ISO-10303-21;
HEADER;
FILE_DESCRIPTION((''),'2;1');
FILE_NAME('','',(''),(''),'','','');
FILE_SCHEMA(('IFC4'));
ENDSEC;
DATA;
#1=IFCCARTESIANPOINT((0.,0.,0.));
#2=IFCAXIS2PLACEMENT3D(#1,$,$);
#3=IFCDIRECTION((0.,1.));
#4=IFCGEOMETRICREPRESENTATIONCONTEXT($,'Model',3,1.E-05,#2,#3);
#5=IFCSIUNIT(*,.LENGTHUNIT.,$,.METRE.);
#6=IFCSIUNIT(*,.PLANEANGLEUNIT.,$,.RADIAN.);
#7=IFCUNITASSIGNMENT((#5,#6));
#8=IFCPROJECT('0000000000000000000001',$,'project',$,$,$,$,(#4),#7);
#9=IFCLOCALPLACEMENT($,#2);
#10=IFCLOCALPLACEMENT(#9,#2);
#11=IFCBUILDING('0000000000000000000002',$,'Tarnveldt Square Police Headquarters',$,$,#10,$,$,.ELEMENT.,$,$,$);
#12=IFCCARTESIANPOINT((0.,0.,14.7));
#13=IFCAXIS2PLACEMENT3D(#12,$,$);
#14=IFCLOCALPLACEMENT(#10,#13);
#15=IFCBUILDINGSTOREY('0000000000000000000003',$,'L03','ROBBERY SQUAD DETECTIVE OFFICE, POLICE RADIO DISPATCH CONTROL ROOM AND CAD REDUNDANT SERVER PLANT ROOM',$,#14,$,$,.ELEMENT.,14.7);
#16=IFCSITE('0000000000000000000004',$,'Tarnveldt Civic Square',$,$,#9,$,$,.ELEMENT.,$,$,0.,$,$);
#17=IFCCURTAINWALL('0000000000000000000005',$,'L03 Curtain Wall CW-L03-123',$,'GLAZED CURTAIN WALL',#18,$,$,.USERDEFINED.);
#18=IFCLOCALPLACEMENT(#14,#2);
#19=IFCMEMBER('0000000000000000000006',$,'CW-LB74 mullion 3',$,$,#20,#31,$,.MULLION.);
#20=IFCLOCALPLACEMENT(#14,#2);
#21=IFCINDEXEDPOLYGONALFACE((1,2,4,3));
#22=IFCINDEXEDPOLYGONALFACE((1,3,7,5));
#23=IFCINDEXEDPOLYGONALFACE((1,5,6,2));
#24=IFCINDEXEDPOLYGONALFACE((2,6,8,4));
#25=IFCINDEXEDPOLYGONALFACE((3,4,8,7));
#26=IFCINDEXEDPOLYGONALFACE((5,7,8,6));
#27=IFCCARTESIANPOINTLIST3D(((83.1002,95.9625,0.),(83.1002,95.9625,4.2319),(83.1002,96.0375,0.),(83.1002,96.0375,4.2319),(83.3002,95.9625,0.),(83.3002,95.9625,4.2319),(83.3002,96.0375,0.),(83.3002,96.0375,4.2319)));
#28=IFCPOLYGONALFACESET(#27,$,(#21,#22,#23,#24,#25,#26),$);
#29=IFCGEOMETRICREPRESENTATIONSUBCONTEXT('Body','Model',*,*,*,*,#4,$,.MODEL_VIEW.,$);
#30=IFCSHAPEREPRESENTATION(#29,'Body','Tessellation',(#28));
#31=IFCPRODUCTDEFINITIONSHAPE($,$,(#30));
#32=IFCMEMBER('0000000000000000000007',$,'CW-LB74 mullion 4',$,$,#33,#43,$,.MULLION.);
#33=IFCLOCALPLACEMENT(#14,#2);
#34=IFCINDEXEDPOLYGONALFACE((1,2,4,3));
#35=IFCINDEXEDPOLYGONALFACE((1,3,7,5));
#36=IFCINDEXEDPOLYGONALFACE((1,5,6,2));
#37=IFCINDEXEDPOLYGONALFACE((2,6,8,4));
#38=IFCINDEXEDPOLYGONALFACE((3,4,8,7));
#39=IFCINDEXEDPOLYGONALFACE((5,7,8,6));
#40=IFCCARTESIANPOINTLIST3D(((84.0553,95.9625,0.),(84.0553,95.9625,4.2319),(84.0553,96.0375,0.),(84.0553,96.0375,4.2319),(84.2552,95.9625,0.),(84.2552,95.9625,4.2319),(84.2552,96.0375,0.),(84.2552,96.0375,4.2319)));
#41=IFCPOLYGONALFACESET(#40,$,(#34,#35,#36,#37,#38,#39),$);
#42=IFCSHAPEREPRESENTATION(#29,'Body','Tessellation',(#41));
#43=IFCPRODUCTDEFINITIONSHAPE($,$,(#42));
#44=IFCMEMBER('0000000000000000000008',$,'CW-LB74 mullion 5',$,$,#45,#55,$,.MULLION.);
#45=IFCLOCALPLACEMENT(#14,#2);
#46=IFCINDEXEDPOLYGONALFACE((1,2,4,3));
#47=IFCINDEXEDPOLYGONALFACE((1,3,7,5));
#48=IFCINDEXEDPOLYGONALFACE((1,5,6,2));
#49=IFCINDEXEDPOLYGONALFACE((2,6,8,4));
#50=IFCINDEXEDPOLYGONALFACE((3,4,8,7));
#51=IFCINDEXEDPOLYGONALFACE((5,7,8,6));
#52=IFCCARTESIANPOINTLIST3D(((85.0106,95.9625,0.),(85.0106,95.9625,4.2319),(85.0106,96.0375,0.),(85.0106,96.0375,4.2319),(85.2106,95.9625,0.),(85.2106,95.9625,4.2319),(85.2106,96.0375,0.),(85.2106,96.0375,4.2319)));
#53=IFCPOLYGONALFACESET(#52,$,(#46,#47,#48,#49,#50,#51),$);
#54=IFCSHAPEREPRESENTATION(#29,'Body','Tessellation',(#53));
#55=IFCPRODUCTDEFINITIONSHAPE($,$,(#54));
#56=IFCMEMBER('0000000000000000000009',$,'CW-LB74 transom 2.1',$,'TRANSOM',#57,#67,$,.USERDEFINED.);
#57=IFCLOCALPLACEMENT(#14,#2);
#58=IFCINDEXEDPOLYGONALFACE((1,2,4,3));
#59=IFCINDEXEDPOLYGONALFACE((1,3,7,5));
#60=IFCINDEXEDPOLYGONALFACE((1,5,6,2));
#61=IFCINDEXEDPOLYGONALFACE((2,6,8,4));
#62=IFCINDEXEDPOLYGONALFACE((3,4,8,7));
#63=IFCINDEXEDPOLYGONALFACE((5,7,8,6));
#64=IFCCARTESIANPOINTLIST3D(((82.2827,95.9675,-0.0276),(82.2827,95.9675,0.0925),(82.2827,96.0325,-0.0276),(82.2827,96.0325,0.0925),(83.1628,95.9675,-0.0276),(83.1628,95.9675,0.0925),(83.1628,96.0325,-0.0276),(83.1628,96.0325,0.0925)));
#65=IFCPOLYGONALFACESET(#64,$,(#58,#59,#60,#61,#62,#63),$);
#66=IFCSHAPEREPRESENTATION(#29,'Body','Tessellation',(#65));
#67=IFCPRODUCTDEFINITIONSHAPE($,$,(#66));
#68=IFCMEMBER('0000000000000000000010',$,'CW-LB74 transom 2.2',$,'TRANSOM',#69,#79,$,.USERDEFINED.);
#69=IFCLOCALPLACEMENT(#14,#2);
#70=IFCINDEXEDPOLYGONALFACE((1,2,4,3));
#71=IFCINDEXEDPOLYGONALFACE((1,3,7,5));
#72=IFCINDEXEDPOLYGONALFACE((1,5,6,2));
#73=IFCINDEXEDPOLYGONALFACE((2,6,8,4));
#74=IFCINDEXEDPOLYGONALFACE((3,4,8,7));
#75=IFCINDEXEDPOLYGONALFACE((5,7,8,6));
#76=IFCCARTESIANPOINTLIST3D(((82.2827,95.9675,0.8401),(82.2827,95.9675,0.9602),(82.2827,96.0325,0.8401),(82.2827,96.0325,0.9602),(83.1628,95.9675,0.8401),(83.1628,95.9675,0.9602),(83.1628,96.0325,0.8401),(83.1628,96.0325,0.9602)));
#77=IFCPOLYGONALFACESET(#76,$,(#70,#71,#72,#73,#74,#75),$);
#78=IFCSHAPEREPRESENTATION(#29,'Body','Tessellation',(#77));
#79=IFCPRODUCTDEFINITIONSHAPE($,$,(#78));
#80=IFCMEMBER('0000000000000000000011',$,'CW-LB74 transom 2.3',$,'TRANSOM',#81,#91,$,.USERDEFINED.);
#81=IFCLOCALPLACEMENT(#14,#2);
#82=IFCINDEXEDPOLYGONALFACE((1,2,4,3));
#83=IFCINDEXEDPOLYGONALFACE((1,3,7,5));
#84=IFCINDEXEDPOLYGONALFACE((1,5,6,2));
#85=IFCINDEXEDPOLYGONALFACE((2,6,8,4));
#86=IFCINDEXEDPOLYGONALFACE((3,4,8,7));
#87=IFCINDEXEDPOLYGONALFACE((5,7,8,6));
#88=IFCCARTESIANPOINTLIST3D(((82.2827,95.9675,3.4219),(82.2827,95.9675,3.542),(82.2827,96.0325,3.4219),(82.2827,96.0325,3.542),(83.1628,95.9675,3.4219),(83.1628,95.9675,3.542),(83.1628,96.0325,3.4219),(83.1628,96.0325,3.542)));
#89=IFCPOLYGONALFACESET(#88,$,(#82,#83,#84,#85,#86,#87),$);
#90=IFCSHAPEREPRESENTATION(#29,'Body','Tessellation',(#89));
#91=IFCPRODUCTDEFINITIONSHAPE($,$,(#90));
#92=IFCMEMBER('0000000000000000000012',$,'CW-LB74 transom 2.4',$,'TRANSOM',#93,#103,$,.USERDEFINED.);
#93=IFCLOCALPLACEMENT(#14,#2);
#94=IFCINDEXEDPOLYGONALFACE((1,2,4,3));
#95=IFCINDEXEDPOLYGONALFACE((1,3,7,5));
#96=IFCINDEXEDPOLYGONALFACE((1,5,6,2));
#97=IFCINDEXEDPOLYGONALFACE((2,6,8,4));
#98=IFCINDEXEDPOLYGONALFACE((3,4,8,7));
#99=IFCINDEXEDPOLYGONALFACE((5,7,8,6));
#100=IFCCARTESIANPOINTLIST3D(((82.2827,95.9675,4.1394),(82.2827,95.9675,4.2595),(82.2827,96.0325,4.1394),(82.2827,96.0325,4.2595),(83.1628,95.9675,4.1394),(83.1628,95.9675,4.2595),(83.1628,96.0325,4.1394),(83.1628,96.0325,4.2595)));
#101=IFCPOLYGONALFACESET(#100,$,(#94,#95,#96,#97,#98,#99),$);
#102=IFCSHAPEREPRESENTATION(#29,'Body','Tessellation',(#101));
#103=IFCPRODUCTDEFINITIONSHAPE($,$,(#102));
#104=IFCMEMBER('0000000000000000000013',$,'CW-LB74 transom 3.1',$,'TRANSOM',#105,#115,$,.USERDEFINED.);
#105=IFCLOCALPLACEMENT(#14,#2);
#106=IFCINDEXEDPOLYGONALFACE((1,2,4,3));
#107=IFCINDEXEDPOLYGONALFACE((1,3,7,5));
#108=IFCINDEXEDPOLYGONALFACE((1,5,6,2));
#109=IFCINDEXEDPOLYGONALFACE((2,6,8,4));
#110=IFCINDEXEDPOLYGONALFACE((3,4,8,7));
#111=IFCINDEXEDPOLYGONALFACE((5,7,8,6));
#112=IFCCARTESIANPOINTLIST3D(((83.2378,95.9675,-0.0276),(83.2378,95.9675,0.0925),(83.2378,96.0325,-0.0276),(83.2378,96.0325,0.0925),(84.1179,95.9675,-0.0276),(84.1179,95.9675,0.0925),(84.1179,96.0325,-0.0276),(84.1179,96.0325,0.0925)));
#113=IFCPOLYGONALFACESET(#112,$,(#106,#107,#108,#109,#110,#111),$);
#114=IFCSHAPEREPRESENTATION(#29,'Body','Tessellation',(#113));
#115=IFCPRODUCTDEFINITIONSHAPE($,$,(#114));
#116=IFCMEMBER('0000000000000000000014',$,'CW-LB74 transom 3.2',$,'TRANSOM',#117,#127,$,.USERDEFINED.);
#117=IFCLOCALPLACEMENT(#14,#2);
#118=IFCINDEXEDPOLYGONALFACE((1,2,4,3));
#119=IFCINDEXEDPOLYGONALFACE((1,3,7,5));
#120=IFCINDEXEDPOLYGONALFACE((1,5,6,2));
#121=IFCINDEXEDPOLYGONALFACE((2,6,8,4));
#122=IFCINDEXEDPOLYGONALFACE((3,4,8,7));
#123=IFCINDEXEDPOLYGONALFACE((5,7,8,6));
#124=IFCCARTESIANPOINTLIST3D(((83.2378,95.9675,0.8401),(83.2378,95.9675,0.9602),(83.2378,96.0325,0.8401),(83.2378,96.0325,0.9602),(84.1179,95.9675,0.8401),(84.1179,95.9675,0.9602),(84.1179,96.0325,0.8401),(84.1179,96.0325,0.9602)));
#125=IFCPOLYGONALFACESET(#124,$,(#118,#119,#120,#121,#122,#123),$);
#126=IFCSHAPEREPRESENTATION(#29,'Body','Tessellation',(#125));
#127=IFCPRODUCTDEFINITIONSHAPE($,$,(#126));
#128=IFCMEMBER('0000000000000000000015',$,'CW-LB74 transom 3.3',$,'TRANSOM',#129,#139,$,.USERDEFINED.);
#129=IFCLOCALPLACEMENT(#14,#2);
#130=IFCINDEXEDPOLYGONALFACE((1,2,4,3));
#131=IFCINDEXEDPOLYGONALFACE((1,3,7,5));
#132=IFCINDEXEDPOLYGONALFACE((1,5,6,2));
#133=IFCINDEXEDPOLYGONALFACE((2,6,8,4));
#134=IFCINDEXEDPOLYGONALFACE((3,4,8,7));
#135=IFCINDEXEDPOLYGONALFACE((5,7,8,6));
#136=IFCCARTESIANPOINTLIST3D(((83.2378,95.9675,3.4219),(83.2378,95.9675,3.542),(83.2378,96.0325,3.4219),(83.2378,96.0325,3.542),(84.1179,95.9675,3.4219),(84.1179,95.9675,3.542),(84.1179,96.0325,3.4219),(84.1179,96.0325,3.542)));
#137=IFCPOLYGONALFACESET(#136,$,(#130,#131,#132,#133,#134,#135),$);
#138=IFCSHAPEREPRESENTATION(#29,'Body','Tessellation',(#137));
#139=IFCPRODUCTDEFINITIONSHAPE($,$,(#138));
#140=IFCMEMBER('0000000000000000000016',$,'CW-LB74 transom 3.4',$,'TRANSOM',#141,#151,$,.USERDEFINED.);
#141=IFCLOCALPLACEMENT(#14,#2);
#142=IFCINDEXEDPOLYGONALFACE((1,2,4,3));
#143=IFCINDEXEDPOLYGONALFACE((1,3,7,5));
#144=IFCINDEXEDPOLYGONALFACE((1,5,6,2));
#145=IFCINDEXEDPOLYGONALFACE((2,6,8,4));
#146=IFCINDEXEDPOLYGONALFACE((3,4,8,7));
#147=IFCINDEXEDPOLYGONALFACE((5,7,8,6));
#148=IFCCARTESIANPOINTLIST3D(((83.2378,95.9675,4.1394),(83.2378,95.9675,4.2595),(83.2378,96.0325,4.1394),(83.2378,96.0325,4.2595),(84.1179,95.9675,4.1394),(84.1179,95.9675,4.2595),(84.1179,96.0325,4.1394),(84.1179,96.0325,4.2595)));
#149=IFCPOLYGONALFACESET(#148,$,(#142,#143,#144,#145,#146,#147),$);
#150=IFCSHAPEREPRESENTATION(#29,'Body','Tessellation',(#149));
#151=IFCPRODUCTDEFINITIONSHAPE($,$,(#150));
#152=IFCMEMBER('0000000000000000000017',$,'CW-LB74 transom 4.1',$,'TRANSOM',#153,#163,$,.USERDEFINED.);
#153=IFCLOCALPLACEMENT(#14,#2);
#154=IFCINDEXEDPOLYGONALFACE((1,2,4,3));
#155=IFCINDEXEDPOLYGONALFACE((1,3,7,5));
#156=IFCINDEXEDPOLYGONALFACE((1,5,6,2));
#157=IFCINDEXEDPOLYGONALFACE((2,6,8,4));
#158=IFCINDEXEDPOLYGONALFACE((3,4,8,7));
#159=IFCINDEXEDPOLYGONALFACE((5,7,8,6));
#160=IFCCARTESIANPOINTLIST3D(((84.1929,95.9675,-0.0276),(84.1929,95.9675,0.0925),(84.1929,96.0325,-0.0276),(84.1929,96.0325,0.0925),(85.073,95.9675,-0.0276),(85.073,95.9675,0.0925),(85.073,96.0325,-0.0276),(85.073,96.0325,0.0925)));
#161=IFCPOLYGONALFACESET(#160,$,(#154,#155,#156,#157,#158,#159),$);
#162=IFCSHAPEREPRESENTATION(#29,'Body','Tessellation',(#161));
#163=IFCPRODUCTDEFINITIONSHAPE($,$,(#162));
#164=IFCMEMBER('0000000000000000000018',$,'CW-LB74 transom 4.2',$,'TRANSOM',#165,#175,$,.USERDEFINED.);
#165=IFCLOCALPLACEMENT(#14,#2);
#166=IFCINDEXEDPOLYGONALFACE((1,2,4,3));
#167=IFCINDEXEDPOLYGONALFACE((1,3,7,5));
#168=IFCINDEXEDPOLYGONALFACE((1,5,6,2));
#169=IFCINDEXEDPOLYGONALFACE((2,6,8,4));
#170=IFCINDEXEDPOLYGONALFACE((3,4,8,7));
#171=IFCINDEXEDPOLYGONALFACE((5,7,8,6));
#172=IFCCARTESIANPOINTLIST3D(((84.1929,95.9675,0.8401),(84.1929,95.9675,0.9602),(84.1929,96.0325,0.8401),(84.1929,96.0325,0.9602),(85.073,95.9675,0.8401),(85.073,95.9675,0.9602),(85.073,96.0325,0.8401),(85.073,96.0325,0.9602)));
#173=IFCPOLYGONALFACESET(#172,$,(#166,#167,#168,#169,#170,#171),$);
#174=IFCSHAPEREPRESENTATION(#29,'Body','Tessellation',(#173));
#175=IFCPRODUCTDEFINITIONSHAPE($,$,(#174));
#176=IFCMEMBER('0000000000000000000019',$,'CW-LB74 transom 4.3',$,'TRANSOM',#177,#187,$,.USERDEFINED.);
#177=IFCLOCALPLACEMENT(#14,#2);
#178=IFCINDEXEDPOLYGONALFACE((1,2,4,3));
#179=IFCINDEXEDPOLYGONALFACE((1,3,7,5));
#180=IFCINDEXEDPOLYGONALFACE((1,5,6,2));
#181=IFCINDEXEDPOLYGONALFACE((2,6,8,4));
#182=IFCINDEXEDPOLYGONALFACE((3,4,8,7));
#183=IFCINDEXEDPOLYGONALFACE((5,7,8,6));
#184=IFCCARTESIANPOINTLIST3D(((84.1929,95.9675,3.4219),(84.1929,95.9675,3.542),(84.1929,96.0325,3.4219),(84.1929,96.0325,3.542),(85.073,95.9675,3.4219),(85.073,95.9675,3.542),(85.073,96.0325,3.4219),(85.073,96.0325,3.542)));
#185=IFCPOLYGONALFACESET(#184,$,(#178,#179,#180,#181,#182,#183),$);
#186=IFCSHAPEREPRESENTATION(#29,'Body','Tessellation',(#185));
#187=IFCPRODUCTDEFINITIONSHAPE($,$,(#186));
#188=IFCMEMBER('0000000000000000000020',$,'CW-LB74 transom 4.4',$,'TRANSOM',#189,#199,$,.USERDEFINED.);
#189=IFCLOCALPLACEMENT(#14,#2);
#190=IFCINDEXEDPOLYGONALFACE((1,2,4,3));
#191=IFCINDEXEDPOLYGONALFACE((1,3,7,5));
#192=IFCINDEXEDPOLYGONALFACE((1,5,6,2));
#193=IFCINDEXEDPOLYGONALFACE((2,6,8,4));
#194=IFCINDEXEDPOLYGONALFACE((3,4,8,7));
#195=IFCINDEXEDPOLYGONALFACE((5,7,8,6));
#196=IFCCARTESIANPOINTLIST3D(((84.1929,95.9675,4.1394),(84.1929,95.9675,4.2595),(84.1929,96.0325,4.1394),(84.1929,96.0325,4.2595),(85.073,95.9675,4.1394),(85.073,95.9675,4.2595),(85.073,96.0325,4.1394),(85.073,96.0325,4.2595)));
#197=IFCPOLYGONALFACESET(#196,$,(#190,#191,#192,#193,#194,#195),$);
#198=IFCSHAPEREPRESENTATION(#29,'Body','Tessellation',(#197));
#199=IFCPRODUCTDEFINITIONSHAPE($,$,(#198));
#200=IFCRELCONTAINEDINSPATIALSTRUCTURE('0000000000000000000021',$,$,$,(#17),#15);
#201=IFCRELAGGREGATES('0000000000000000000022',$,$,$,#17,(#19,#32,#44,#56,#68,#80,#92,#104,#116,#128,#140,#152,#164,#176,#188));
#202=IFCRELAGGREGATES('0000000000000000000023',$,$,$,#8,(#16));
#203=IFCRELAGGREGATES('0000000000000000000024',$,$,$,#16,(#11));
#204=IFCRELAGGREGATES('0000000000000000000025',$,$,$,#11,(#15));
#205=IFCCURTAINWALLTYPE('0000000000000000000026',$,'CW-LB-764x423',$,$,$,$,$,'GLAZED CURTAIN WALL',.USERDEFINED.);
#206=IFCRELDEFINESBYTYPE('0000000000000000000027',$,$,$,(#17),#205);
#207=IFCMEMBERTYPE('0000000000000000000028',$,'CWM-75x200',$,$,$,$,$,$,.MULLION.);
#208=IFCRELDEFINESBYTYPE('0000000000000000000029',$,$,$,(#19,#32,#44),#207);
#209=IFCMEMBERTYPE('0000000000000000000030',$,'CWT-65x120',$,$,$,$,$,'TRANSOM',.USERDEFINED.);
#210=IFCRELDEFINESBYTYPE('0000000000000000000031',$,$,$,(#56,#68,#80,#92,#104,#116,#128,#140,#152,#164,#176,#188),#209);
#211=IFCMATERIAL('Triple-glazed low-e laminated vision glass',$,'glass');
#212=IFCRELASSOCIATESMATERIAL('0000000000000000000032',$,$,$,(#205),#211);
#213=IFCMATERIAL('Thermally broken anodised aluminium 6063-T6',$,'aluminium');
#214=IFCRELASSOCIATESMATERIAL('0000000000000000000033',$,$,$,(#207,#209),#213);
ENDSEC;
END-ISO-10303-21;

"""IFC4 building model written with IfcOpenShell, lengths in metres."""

from ifc_helpers import new_model, si_unit, direction, frame, origin, origin_2d, place, context, subcontext, project, spatial, rectangle, extrude, material, material_profile, profile_set, type_object, element, aggregate, save


model = new_model("IFC4")

# Units and contexts
model_context = context("Model", 3, precision=1e-05, world=origin(), true_north=direction((0.0, 1.0)))
body_context = subcontext(model_context, "Body", "Model", "MODEL_VIEW")
ifc_project = project(units=[si_unit("LENGTHUNIT", "METRE"), si_unit("PLANEANGLEUNIT", "RADIAN")], contexts=[model_context])

# Site, building, storey
site_placement = place(None, origin())
site = spatial("IfcSite", under=ifc_project, at=site_placement, Name="Tarnveldt Civic Square", CompositionType="ELEMENT", RefElevation=0.0)
building_placement = place(site_placement, origin())
building = spatial("IfcBuilding", under=site, at=building_placement, Name="Tarnveldt Square Police Headquarters", CompositionType="ELEMENT")
storey_placement = place(building_placement, frame((0.0, 0.0, 14.7)))
storey = spatial("IfcBuildingStorey", under=building, at=storey_placement, Name="L03", Description="ROBBERY SQUAD DETECTIVE OFFICE, POLICE RADIO DISPATCH CONTROL ROOM AND CAD REDUNDANT SERVER PLANT ROOM", CompositionType="ELEMENT", Elevation=14.7)

# Curtain wall, members
ifc_material_1 = material(Name="Triple-glazed low-e laminated vision glass", Category="glass")
curtain_wall_type = type_object("IfcCurtainWallType", Name="CW-LB-764x423", ElementType="GLAZED CURTAIN WALL", PredefinedType="USERDEFINED", material=ifc_material_1)
curtain_wall_placement = place(storey_placement, origin())
curtain_wall = element("IfcCurtainWall", 1, at=curtain_wall_placement, inside=storey, type_object=curtain_wall_type, Name="L03 Curtain Wall CW-L03-123", ObjectType="GLAZED CURTAIN WALL", PredefinedType="USERDEFINED")
ifc_material_2 = material(Name="Thermally broken anodised aluminium 6063-T6", Category="aluminium")
ifc_material_profile_1 = material_profile(ifc_material_2, rectangle(XDim=0.075, YDim=0.2, at=origin_2d()), Name="CW-M75x200")
ifc_profile_set_1 = profile_set([ifc_material_profile_1], Name="Thermally broken anodised aluminium 6063-T6")
member_type_1 = type_object("IfcMemberType", Name="CWM-75x200", PredefinedType="MULLION", material=ifc_profile_set_1)
member_1_placement = place(storey_placement, frame((83.2002, 96.0, 0.0), z_axis=(0.0, 0.0, 1.0), x_axis=(0.0, 1.0, 0.0)))
member_1 = element("IfcMember", 2, at=member_1_placement, type_object=member_type_1, Name="CW-LB74 mullion 3", PredefinedType="MULLION", context=body_context, shape_type="SweptSolid", body=[
    extrude(rectangle(XDim=0.075, YDim=0.2, at=origin_2d()), origin(), (0.0, 0.0, 1.0), 4.2319),
])
member_2_placement = place(storey_placement, frame((84.1553, 96.0, 0.0), z_axis=(0.0, 0.0, 1.0), x_axis=(0.0, 1.0, 0.0)))
member_2 = element("IfcMember", 3, at=member_2_placement, type_object=member_type_1, Name="CW-LB74 mullion 4", PredefinedType="MULLION", context=body_context, shape_type="SweptSolid", body=[
    extrude(rectangle(XDim=0.075, YDim=0.2, at=origin_2d()), origin(), (0.0, 0.0, 1.0), 4.2319),
])
member_3_placement = place(storey_placement, frame((85.1106, 96.0, 0.0), z_axis=(0.0, 0.0, 1.0), x_axis=(0.0, 1.0, 0.0)))
member_3 = element("IfcMember", 4, at=member_3_placement, type_object=member_type_1, Name="CW-LB74 mullion 5", PredefinedType="MULLION", context=body_context, shape_type="SweptSolid", body=[
    extrude(rectangle(XDim=0.075, YDim=0.2, at=origin_2d()), origin(), (0.0, 0.0, 1.0), 4.2319),
])
ifc_material_profile_2 = material_profile(ifc_material_2, rectangle(XDim=0.0649, YDim=0.1201, at=origin_2d()), Name="CW-T65x120")
ifc_profile_set_2 = profile_set([ifc_material_profile_2], Name="Thermally broken anodised aluminium 6063-T6")
member_type_2 = type_object("IfcMemberType", Name="CWT-65x120", ElementType="TRANSOM", PredefinedType="USERDEFINED", material=ifc_profile_set_2)
member_4_placement = place(storey_placement, frame((82.2827, 96.0, 0.0325), z_axis=(1.0, 0.0, 0.0), x_axis=(0.0, 1.0, 0.0)))
member_4 = element("IfcMember", 5, at=member_4_placement, type_object=member_type_2, Name="CW-LB74 transom 2.1", ObjectType="TRANSOM", PredefinedType="USERDEFINED", context=body_context, shape_type="SweptSolid", body=[
    extrude(rectangle(XDim=0.0649, YDim=0.1201, at=origin_2d()), origin(), (0.0, 0.0, 1.0), 0.8801),
])
member_5_placement = place(storey_placement, frame((82.2827, 96.0, 0.9001), z_axis=(1.0, 0.0, 0.0), x_axis=(0.0, 1.0, 0.0)))
member_5 = element("IfcMember", 6, at=member_5_placement, type_object=member_type_2, Name="CW-LB74 transom 2.2", ObjectType="TRANSOM", PredefinedType="USERDEFINED", context=body_context, shape_type="SweptSolid", body=[
    extrude(rectangle(XDim=0.0649, YDim=0.1201, at=origin_2d()), origin(), (0.0, 0.0, 1.0), 0.8801),
])
member_6_placement = place(storey_placement, frame((82.2827, 96.0, 3.4819), z_axis=(1.0, 0.0, 0.0), x_axis=(0.0, 1.0, 0.0)))
member_6 = element("IfcMember", 7, at=member_6_placement, type_object=member_type_2, Name="CW-LB74 transom 2.3", ObjectType="TRANSOM", PredefinedType="USERDEFINED", context=body_context, shape_type="SweptSolid", body=[
    extrude(rectangle(XDim=0.0649, YDim=0.1201, at=origin_2d()), origin(), (0.0, 0.0, 1.0), 0.8801),
])
member_7_placement = place(storey_placement, frame((82.2827, 96.0, 4.1995), z_axis=(1.0, 0.0, 0.0), x_axis=(0.0, 1.0, 0.0)))
member_7 = element("IfcMember", 8, at=member_7_placement, type_object=member_type_2, Name="CW-LB74 transom 2.4", ObjectType="TRANSOM", PredefinedType="USERDEFINED", context=body_context, shape_type="SweptSolid", body=[
    extrude(rectangle(XDim=0.0649, YDim=0.1201, at=origin_2d()), origin(), (0.0, 0.0, 1.0), 0.8801),
])
member_8_placement = place(storey_placement, frame((83.2378, 96.0, 0.0325), z_axis=(1.0, 0.0, 0.0), x_axis=(0.0, 1.0, 0.0)))
member_8 = element("IfcMember", 9, at=member_8_placement, type_object=member_type_2, Name="CW-LB74 transom 3.1", ObjectType="TRANSOM", PredefinedType="USERDEFINED", context=body_context, shape_type="SweptSolid", body=[
    extrude(rectangle(XDim=0.0649, YDim=0.1201, at=origin_2d()), origin(), (0.0, 0.0, 1.0), 0.8801),
])
member_9_placement = place(storey_placement, frame((83.2378, 96.0, 0.9001), z_axis=(1.0, 0.0, 0.0), x_axis=(0.0, 1.0, 0.0)))
member_9 = element("IfcMember", 10, at=member_9_placement, type_object=member_type_2, Name="CW-LB74 transom 3.2", ObjectType="TRANSOM", PredefinedType="USERDEFINED", context=body_context, shape_type="SweptSolid", body=[
    extrude(rectangle(XDim=0.0649, YDim=0.1201, at=origin_2d()), origin(), (0.0, 0.0, 1.0), 0.8801),
])
member_10_placement = place(storey_placement, frame((83.2378, 96.0, 3.4819), z_axis=(1.0, 0.0, 0.0), x_axis=(0.0, 1.0, 0.0)))
member_10 = element("IfcMember", 11, at=member_10_placement, type_object=member_type_2, Name="CW-LB74 transom 3.3", ObjectType="TRANSOM", PredefinedType="USERDEFINED", context=body_context, shape_type="SweptSolid", body=[
    extrude(rectangle(XDim=0.0649, YDim=0.1201, at=origin_2d()), origin(), (0.0, 0.0, 1.0), 0.8801),
])
member_11_placement = place(storey_placement, frame((83.2378, 96.0, 4.1995), z_axis=(1.0, 0.0, 0.0), x_axis=(0.0, 1.0, 0.0)))
member_11 = element("IfcMember", 12, at=member_11_placement, type_object=member_type_2, Name="CW-LB74 transom 3.4", ObjectType="TRANSOM", PredefinedType="USERDEFINED", context=body_context, shape_type="SweptSolid", body=[
    extrude(rectangle(XDim=0.0649, YDim=0.1201, at=origin_2d()), origin(), (0.0, 0.0, 1.0), 0.8801),
])
member_12_placement = place(storey_placement, frame((84.1929, 96.0, 0.0325), z_axis=(1.0, 0.0, 0.0), x_axis=(0.0, 1.0, 0.0)))
member_12 = element("IfcMember", 13, at=member_12_placement, type_object=member_type_2, Name="CW-LB74 transom 4.1", ObjectType="TRANSOM", PredefinedType="USERDEFINED", context=body_context, shape_type="SweptSolid", body=[
    extrude(rectangle(XDim=0.0649, YDim=0.1201, at=origin_2d()), origin(), (0.0, 0.0, 1.0), 0.8801),
])
member_13_placement = place(storey_placement, frame((84.1929, 96.0, 0.9001), z_axis=(1.0, 0.0, 0.0), x_axis=(0.0, 1.0, 0.0)))
member_13 = element("IfcMember", 14, at=member_13_placement, type_object=member_type_2, Name="CW-LB74 transom 4.2", ObjectType="TRANSOM", PredefinedType="USERDEFINED", context=body_context, shape_type="SweptSolid", body=[
    extrude(rectangle(XDim=0.0649, YDim=0.1201, at=origin_2d()), origin(), (0.0, 0.0, 1.0), 0.8801),
])
member_14_placement = place(storey_placement, frame((84.1929, 96.0, 3.4819), z_axis=(1.0, 0.0, 0.0), x_axis=(0.0, 1.0, 0.0)))
member_14 = element("IfcMember", 15, at=member_14_placement, type_object=member_type_2, Name="CW-LB74 transom 4.3", ObjectType="TRANSOM", PredefinedType="USERDEFINED", context=body_context, shape_type="SweptSolid", body=[
    extrude(rectangle(XDim=0.0649, YDim=0.1201, at=origin_2d()), origin(), (0.0, 0.0, 1.0), 0.8801),
])
member_15_placement = place(storey_placement, frame((84.1929, 96.0, 4.1995), z_axis=(1.0, 0.0, 0.0), x_axis=(0.0, 1.0, 0.0)))
member_15 = element("IfcMember", 16, at=member_15_placement, type_object=member_type_2, Name="CW-LB74 transom 4.4", ObjectType="TRANSOM", PredefinedType="USERDEFINED", context=body_context, shape_type="SweptSolid", body=[
    extrude(rectangle(XDim=0.0649, YDim=0.1201, at=origin_2d()), origin(), (0.0, 0.0, 1.0), 0.8801),
])
aggregate(curtain_wall, [member_1, member_2, member_3, member_4, member_5, member_6, member_7, member_8, member_9, member_10, member_11, member_12, member_13, member_14, member_15])

save(model, "model.ifc")
